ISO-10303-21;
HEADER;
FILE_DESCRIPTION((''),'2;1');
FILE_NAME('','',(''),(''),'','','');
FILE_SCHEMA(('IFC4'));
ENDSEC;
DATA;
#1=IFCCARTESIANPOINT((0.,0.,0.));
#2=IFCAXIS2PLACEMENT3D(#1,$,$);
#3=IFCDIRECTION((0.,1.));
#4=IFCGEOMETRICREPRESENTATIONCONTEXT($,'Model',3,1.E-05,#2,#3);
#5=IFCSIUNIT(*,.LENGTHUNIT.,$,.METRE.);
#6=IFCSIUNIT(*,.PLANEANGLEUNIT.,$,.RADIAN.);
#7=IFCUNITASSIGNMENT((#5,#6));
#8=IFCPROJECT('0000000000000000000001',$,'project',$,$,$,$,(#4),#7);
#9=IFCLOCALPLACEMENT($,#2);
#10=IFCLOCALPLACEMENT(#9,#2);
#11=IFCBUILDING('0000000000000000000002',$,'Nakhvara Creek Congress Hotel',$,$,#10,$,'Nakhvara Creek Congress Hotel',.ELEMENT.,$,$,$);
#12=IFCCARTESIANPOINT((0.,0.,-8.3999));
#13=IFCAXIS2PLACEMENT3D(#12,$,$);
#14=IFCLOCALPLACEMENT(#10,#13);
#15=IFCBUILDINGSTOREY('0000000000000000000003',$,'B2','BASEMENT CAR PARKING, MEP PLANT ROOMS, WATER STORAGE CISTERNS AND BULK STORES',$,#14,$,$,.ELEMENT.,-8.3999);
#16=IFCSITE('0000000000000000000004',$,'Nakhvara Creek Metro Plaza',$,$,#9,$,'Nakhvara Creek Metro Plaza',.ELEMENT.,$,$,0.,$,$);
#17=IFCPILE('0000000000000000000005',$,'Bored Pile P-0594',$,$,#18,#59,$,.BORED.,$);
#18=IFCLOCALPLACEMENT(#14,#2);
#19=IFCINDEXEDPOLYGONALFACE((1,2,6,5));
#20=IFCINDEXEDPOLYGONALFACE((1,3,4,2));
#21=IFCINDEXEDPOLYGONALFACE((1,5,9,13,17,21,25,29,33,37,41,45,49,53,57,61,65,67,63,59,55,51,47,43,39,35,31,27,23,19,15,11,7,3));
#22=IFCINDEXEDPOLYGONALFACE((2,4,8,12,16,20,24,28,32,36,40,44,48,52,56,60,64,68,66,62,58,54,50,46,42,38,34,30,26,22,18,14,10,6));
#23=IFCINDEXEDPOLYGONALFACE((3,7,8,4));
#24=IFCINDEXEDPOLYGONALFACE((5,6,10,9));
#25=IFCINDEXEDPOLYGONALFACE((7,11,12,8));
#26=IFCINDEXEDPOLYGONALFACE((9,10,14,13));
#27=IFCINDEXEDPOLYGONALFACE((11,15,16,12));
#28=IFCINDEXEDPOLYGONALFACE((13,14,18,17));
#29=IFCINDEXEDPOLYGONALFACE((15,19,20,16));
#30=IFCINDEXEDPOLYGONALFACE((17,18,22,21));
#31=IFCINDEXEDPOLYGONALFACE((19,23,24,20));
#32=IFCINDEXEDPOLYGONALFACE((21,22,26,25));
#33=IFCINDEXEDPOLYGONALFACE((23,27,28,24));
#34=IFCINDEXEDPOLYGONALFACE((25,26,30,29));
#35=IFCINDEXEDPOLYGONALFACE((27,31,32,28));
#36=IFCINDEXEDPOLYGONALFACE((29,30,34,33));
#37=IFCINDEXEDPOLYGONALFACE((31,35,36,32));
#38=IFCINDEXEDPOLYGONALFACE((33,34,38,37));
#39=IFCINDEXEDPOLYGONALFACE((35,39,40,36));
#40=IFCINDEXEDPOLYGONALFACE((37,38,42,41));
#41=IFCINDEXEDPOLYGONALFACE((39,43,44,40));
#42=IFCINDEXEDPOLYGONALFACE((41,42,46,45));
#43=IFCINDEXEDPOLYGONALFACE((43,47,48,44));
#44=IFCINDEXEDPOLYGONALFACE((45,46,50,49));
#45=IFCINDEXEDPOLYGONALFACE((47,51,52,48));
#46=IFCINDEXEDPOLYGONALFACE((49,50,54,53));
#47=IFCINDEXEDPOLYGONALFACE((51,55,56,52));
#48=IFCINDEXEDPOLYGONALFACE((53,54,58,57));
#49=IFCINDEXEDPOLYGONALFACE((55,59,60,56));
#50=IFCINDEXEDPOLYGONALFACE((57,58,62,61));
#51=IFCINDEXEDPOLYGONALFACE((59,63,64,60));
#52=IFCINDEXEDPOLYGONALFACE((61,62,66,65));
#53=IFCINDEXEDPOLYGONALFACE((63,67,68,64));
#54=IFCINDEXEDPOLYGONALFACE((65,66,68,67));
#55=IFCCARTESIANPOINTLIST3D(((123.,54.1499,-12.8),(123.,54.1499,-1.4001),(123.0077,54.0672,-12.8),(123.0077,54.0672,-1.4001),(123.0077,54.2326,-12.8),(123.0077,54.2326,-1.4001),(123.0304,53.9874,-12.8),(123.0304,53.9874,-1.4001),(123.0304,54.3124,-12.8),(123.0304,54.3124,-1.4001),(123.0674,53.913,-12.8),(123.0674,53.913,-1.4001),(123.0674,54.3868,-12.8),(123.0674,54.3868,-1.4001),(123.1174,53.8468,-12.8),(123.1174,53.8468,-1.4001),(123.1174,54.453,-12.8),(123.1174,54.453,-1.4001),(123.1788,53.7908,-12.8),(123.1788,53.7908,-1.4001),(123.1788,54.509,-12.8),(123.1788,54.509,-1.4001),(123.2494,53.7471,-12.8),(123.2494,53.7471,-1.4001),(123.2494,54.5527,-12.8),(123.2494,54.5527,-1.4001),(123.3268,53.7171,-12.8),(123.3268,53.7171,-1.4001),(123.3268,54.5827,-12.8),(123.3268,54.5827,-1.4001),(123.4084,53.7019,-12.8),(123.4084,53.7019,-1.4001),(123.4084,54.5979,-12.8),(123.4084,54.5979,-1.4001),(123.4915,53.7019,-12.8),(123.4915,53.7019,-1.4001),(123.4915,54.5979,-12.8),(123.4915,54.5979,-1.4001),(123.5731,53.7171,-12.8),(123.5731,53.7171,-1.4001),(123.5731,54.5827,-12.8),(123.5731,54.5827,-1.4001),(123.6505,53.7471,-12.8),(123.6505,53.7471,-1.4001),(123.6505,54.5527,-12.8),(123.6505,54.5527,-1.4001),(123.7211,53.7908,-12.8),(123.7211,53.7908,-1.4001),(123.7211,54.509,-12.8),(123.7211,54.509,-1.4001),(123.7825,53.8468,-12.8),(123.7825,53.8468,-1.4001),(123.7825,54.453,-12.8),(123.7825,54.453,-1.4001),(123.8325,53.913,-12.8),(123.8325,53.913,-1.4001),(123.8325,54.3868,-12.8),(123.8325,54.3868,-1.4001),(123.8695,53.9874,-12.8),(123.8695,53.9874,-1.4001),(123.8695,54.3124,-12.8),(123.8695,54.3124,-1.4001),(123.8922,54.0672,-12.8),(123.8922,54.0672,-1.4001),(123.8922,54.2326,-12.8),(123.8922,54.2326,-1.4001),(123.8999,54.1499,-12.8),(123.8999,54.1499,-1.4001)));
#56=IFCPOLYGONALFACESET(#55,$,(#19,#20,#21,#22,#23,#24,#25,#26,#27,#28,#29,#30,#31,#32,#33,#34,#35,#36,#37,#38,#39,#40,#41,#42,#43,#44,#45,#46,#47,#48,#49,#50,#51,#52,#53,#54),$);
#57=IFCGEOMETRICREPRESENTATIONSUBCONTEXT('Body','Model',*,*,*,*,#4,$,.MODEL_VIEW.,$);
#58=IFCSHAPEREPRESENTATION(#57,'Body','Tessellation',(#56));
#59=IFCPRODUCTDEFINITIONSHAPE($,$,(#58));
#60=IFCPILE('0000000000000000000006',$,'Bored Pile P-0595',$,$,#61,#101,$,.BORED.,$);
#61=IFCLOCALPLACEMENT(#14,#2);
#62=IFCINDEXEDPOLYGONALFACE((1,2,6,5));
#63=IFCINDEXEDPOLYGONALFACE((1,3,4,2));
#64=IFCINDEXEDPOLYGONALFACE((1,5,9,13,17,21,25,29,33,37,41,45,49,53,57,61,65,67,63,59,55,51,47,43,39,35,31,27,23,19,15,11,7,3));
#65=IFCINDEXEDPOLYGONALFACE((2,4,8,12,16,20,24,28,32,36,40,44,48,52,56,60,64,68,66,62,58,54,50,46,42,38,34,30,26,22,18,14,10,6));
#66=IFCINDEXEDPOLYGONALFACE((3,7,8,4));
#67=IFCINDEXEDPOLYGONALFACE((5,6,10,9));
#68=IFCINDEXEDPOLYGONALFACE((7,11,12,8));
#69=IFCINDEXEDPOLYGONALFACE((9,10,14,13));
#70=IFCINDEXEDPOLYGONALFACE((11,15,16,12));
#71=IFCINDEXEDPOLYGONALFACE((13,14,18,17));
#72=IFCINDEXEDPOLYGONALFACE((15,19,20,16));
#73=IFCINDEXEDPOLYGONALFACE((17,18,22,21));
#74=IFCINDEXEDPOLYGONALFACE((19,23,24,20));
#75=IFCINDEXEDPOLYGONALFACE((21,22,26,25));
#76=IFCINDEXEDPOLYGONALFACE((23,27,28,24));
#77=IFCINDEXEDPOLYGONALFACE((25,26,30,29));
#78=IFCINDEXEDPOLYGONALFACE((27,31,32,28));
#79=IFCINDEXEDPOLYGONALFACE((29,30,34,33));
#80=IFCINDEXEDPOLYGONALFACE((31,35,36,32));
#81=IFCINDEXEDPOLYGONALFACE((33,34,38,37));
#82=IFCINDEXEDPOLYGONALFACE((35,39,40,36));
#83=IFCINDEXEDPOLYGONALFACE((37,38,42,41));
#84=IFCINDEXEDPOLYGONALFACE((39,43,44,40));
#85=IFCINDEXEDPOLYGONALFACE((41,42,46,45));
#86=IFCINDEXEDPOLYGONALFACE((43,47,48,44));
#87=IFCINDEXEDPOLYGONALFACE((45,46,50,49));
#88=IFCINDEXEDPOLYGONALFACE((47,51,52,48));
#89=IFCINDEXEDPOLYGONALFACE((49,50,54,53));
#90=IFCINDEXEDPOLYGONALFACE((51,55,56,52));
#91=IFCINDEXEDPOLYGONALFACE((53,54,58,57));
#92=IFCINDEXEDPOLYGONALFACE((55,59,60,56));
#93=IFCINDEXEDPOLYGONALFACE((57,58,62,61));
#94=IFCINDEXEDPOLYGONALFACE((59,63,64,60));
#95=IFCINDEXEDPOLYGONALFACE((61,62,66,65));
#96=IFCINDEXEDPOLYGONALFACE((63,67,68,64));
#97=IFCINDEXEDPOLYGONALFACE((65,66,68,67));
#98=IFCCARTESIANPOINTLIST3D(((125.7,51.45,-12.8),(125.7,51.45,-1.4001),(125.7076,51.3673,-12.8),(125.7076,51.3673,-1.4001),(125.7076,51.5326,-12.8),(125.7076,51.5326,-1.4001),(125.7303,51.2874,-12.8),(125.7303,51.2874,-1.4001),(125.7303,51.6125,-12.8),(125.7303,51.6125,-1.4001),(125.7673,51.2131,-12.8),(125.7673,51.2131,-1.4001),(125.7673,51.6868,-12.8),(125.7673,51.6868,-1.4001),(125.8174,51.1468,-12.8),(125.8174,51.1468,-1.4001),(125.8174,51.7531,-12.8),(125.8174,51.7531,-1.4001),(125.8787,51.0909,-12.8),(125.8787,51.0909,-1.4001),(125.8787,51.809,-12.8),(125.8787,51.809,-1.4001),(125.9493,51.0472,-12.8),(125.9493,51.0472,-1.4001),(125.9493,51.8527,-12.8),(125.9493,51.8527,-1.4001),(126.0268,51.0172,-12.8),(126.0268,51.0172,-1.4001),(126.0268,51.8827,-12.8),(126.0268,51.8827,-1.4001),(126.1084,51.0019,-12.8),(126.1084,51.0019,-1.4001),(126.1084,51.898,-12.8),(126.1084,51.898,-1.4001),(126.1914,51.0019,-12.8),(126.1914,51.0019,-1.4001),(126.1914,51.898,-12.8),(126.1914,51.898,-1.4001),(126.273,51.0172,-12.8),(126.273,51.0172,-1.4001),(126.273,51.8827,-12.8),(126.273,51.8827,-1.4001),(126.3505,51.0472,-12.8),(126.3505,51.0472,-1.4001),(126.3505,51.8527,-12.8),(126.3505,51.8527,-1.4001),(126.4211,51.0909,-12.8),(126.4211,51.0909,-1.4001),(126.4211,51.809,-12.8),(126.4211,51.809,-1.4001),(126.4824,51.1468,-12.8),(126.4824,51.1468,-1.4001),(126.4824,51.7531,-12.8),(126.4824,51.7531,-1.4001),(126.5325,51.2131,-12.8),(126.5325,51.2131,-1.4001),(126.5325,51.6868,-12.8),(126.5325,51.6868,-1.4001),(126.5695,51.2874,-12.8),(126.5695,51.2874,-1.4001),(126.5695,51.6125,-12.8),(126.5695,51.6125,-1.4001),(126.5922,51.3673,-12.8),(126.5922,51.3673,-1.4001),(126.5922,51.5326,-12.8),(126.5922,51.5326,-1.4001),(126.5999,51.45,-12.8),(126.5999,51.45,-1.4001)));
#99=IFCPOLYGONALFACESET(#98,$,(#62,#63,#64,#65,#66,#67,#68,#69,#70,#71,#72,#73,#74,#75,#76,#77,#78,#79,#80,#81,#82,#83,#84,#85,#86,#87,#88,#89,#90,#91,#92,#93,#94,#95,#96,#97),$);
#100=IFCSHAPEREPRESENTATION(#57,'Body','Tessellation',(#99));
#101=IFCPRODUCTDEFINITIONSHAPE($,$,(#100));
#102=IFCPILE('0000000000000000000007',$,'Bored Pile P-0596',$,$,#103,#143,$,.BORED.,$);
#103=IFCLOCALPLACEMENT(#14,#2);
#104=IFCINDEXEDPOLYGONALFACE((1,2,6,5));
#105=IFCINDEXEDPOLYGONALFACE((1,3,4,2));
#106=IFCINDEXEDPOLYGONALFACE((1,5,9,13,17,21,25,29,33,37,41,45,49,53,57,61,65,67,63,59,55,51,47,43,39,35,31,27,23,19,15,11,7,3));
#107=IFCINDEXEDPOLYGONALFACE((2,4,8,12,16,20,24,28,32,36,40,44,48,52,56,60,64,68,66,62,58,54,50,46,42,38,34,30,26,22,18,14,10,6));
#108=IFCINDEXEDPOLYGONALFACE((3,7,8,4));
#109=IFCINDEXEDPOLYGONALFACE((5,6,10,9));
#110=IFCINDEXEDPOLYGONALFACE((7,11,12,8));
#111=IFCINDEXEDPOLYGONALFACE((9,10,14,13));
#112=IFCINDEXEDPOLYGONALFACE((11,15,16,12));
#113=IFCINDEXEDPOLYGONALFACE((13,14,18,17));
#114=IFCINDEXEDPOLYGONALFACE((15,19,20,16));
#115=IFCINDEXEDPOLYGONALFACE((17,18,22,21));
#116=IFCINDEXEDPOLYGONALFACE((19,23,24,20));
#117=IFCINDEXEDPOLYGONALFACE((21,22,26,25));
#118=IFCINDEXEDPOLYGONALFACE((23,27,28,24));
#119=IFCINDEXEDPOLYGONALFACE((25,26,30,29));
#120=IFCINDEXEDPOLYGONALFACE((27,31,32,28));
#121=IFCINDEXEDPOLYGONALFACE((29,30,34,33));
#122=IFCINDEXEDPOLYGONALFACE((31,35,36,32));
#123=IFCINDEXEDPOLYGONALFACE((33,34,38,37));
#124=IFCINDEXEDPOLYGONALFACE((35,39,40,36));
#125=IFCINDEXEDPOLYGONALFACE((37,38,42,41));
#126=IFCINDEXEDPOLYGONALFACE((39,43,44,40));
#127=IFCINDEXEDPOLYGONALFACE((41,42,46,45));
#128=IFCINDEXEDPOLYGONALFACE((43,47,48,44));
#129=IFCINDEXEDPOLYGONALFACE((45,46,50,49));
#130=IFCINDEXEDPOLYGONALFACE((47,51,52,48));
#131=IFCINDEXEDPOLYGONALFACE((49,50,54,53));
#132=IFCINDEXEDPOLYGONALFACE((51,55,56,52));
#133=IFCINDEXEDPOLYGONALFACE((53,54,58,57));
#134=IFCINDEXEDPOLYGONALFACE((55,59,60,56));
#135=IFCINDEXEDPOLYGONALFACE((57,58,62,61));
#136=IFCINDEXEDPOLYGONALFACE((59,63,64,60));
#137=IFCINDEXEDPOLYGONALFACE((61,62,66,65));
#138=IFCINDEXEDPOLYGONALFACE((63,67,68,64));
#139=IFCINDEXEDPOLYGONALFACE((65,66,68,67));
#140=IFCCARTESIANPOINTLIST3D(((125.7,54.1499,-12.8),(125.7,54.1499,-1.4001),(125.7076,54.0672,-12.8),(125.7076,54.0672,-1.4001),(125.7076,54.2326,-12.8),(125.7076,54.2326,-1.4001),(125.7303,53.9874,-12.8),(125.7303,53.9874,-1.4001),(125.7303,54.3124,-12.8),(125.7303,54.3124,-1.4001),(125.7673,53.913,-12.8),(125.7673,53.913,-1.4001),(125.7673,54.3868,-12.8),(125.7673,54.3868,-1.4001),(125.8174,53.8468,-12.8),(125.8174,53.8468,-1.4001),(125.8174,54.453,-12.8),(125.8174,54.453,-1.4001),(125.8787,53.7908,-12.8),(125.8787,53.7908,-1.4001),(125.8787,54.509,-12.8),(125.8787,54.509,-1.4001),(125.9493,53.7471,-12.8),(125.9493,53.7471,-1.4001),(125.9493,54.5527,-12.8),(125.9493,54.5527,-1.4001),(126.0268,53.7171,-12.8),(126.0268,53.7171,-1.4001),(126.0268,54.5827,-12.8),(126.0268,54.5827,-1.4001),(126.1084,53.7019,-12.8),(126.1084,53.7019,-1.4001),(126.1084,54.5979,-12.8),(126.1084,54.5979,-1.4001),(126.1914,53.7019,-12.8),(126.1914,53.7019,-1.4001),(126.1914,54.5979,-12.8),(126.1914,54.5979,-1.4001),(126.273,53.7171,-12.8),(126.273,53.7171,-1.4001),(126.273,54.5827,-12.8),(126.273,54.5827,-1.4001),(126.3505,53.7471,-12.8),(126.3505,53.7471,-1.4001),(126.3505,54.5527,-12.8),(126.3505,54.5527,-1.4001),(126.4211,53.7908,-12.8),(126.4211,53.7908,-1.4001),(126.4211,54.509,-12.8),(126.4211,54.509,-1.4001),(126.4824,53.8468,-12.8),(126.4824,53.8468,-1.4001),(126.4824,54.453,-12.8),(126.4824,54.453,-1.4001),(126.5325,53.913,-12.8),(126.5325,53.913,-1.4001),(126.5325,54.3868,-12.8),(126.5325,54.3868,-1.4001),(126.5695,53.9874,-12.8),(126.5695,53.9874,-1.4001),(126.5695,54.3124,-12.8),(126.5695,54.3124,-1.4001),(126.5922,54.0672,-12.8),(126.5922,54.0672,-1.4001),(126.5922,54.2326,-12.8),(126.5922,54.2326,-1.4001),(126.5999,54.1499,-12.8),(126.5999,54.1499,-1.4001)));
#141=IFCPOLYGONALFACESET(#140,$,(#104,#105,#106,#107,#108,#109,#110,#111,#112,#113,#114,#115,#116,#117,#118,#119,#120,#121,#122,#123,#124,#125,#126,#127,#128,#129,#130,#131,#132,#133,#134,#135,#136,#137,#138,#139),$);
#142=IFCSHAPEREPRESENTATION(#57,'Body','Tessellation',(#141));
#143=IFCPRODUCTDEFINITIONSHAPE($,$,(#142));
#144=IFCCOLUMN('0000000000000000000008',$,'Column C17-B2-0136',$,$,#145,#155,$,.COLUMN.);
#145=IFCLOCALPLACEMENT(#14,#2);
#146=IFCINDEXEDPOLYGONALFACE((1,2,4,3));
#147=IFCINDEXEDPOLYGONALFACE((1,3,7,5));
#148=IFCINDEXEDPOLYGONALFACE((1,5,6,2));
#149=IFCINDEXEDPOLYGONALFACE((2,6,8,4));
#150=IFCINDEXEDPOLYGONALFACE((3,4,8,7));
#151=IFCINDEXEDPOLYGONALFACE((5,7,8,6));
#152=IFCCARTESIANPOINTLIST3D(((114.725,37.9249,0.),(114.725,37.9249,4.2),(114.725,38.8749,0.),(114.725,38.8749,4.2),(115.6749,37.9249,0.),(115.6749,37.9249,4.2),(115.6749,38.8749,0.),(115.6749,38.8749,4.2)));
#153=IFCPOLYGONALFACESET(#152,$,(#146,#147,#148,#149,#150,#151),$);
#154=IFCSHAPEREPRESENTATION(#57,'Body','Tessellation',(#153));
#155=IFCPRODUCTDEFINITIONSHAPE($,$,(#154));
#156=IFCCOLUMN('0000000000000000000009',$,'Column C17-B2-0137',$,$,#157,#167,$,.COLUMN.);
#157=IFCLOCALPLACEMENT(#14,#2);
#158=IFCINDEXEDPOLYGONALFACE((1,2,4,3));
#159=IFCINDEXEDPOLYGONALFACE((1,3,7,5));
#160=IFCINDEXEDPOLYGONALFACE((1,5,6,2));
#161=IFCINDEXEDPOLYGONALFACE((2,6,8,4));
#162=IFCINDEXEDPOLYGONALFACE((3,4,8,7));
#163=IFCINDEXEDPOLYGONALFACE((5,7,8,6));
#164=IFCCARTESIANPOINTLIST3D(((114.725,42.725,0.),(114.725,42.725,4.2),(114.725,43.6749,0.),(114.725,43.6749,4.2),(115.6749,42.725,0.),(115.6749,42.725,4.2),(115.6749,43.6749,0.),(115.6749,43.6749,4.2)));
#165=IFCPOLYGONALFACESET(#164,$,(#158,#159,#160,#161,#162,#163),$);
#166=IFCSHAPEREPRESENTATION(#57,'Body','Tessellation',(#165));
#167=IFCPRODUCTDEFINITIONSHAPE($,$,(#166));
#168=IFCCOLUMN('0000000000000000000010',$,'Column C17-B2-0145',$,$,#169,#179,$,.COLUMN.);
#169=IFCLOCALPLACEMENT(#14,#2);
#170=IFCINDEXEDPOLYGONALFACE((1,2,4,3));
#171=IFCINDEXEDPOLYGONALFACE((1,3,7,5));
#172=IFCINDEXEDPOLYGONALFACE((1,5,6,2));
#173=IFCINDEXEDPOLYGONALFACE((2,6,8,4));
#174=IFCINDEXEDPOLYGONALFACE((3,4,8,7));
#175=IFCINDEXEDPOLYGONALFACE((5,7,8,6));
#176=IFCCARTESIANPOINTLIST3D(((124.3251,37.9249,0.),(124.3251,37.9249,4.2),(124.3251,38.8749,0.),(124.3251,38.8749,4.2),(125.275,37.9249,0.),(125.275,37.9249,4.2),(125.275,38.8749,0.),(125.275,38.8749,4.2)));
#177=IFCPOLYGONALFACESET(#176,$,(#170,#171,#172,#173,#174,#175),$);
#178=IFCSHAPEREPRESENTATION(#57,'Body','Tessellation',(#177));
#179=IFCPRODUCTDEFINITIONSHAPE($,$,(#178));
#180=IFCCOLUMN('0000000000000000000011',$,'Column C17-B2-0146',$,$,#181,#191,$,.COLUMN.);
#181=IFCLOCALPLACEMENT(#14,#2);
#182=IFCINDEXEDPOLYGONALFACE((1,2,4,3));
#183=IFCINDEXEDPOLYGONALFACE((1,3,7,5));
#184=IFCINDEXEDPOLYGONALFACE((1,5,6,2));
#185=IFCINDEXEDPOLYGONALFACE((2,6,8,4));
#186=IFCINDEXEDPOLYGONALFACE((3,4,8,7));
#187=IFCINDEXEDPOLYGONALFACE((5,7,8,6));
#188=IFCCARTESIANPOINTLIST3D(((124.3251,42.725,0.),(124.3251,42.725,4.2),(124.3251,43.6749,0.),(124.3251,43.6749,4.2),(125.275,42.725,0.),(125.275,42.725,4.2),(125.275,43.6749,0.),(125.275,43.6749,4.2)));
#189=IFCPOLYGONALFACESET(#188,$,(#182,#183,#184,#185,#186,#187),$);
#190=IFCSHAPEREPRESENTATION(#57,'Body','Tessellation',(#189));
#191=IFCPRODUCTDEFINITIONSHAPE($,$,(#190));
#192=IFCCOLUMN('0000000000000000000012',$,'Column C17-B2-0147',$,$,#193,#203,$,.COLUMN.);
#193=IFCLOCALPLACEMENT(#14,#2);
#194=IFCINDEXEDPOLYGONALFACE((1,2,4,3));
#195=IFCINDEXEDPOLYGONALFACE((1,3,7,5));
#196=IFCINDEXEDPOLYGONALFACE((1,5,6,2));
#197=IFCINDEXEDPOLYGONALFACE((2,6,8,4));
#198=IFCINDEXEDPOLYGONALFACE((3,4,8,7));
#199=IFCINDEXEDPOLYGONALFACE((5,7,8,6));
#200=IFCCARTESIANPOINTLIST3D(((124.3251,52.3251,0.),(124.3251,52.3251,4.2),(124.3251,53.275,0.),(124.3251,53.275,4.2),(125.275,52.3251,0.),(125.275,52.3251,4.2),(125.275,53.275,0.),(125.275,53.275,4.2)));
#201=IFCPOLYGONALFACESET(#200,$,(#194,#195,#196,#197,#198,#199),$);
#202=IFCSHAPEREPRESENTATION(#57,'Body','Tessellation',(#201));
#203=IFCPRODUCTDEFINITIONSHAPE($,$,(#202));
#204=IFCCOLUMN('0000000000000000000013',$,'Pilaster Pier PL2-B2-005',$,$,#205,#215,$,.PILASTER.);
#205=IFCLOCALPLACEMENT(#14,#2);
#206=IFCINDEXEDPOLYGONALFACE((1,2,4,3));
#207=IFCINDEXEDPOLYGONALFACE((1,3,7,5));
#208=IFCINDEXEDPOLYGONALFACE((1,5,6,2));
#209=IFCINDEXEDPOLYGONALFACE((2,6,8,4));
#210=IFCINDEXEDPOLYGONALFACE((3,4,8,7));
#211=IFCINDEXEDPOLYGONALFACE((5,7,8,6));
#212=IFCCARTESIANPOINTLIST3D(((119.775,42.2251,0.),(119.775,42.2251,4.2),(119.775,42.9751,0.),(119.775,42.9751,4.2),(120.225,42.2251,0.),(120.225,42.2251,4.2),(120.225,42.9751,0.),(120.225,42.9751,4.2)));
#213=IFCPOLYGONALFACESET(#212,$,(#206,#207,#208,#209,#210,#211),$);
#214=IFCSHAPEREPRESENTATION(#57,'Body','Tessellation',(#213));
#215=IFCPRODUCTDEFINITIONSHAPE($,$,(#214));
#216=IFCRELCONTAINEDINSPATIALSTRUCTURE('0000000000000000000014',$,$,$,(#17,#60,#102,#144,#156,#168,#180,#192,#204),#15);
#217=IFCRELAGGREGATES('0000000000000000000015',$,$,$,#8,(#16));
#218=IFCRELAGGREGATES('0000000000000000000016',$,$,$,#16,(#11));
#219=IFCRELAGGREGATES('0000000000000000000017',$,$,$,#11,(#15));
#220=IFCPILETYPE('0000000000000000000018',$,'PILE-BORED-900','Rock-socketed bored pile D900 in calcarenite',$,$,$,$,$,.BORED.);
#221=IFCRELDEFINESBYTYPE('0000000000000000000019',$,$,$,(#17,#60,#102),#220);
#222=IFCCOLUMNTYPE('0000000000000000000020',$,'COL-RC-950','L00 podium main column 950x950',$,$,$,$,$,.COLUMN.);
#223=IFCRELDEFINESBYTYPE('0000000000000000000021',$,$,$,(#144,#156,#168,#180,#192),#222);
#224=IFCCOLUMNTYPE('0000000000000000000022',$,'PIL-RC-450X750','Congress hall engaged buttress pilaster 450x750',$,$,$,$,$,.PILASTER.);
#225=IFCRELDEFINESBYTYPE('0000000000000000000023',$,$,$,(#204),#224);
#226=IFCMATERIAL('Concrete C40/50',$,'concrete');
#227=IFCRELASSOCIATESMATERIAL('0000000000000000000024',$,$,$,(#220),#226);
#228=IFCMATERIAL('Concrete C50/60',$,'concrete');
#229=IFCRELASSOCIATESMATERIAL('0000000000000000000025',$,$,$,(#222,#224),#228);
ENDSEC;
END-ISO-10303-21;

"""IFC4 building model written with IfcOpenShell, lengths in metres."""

from ifc_helpers import new_model, si_unit, direction, frame, origin, origin_2d, place, context, subcontext, project, spatial, rectangle, circle, extrude, material, material_profile, profile_set, type_object, element, save


model = new_model("IFC4")

# Units and contexts
model_context = context("Model", 3, precision=1e-05, world=origin(), true_north=direction((0.0, 1.0)))
body_context = subcontext(model_context, "Body", "Model", "MODEL_VIEW")
ifc_project = project(units=[si_unit("LENGTHUNIT", "METRE"), si_unit("PLANEANGLEUNIT", "RADIAN")], contexts=[model_context])

# Site, building, storey
site_placement = place(None, origin())
site = spatial("IfcSite", under=ifc_project, at=site_placement, Name="Nakhvara Creek Metro Plaza", LongName="Nakhvara Creek Metro Plaza", CompositionType="ELEMENT", RefElevation=0.0)
building_placement = place(site_placement, origin())
building = spatial("IfcBuilding", under=site, at=building_placement, Name="Nakhvara Creek Congress Hotel", LongName="Nakhvara Creek Congress Hotel", CompositionType="ELEMENT")
storey_placement = place(building_placement, frame((0.0, 0.0, -8.3999)))
storey = spatial("IfcBuildingStorey", under=building, at=storey_placement, Name="B2", Description="BASEMENT CAR PARKING, MEP PLANT ROOMS, WATER STORAGE CISTERNS AND BULK STORES", CompositionType="ELEMENT", Elevation=-8.3999)

# Shared definitions
ifc_material_1 = material(Name="Concrete C40/50", Category="concrete")

# Piles
ifc_material_profile_1 = material_profile(ifc_material_1, circle(Radius=0.45, at=origin_2d()), Name="BORED PILE D900", Category="LoadBearing")
ifc_profile_set_1 = profile_set([ifc_material_profile_1], Name="Concrete C40/50")
pile_type = type_object("IfcPileType", Name="PILE-BORED-900", Description="Rock-socketed bored pile D900 in calcarenite", PredefinedType="BORED", material=ifc_profile_set_1)
for number, where, z_axis, x_axis, name in (
    (1, (123.45, 54.1499, -1.4001), (0.0, 0.0, -1.0), (1.0, 0.0, 0.0), "Bored Pile P-0594"),
    (2, (126.1499, 51.45, -1.4001), (0.0, 0.0, -1.0), (1.0, 0.0, 0.0), "Bored Pile P-0595"),
    (3, (126.1499, 54.1499, -1.4001), (0.0, 0.0, -1.0), (1.0, 0.0, 0.0), "Bored Pile P-0596"),
):
    element("IfcPile", number, at=place(storey_placement, frame(where, z_axis=z_axis, x_axis=x_axis)), inside=storey, type_object=pile_type, Name=name, PredefinedType="BORED", context=body_context, shape_type="SweptSolid", body=[
        extrude(circle(Radius=0.45, at=origin_2d()), origin(), (0.0, 0.0, 1.0), 11.3999),
    ])

# Columns
ifc_material_2 = material(Name="Concrete C50/60", Category="concrete")
ifc_material_profile_2 = material_profile(ifc_material_2, rectangle(XDim=0.95, YDim=0.95, at=origin_2d()), Name="RC-COL 950x950", Category="LoadBearing")
ifc_profile_set_2 = profile_set([ifc_material_profile_2], Name="Concrete C50/60")
column_type_1 = type_object("IfcColumnType", Name="COL-RC-950", Description="L00 podium main column 950x950", PredefinedType="COLUMN", material=ifc_profile_set_2)
for number, where, z_axis, x_axis, name in (
    (4, (115.2, 38.3999, 0.0), (0.0, 0.0, 1.0), (1.0, 0.0, 0.0), "Column C17-B2-0136"),
    (5, (115.2, 43.2, 0.0), (0.0, 0.0, 1.0), (1.0, 0.0, 0.0), "Column C17-B2-0137"),
    (6, (124.8, 38.3999, 0.0), (0.0, 0.0, 1.0), (1.0, 0.0, 0.0), "Column C17-B2-0145"),
    (7, (124.8, 43.2, 0.0), (0.0, 0.0, 1.0), (1.0, 0.0, 0.0), "Column C17-B2-0146"),
    (8, (124.8, 52.8, 0.0), (0.0, 0.0, 1.0), (1.0, 0.0, 0.0), "Column C17-B2-0147"),
):
    element("IfcColumn", number, at=place(storey_placement, frame(where, z_axis=z_axis, x_axis=x_axis)), inside=storey, type_object=column_type_1, Name=name, PredefinedType="COLUMN", context=body_context, shape_type="SweptSolid", body=[
        extrude(rectangle(XDim=0.95, YDim=0.95, at=origin_2d()), origin(), (0.0, 0.0, 1.0), 4.2),
    ])
ifc_material_profile_3 = material_profile(ifc_material_2, rectangle(XDim=0.45, YDim=0.75, at=origin_2d()), Name="RC-PIL 450x750", Category="LoadBearing")
ifc_profile_set_3 = profile_set([ifc_material_profile_3], Name="Concrete C50/60")
column_type_2 = type_object("IfcColumnType", Name="PIL-RC-450X750", Description="Congress hall engaged buttress pilaster 450x750", PredefinedType="PILASTER", material=ifc_profile_set_3)
column_placement = place(storey_placement, frame((120.0, 42.6001, 0.0), z_axis=(0.0, 0.0, 1.0), x_axis=(1.0, 0.0, 0.0)))
element("IfcColumn", 9, at=column_placement, inside=storey, type_object=column_type_2, Name="Pilaster Pier PL2-B2-005", PredefinedType="PILASTER", context=body_context, shape_type="SweptSolid", body=[
    extrude(rectangle(XDim=0.45, YDim=0.75, at=origin_2d()), origin(), (0.0, 0.0, 1.0), 4.2),
])

save(model, "model.ifc")
